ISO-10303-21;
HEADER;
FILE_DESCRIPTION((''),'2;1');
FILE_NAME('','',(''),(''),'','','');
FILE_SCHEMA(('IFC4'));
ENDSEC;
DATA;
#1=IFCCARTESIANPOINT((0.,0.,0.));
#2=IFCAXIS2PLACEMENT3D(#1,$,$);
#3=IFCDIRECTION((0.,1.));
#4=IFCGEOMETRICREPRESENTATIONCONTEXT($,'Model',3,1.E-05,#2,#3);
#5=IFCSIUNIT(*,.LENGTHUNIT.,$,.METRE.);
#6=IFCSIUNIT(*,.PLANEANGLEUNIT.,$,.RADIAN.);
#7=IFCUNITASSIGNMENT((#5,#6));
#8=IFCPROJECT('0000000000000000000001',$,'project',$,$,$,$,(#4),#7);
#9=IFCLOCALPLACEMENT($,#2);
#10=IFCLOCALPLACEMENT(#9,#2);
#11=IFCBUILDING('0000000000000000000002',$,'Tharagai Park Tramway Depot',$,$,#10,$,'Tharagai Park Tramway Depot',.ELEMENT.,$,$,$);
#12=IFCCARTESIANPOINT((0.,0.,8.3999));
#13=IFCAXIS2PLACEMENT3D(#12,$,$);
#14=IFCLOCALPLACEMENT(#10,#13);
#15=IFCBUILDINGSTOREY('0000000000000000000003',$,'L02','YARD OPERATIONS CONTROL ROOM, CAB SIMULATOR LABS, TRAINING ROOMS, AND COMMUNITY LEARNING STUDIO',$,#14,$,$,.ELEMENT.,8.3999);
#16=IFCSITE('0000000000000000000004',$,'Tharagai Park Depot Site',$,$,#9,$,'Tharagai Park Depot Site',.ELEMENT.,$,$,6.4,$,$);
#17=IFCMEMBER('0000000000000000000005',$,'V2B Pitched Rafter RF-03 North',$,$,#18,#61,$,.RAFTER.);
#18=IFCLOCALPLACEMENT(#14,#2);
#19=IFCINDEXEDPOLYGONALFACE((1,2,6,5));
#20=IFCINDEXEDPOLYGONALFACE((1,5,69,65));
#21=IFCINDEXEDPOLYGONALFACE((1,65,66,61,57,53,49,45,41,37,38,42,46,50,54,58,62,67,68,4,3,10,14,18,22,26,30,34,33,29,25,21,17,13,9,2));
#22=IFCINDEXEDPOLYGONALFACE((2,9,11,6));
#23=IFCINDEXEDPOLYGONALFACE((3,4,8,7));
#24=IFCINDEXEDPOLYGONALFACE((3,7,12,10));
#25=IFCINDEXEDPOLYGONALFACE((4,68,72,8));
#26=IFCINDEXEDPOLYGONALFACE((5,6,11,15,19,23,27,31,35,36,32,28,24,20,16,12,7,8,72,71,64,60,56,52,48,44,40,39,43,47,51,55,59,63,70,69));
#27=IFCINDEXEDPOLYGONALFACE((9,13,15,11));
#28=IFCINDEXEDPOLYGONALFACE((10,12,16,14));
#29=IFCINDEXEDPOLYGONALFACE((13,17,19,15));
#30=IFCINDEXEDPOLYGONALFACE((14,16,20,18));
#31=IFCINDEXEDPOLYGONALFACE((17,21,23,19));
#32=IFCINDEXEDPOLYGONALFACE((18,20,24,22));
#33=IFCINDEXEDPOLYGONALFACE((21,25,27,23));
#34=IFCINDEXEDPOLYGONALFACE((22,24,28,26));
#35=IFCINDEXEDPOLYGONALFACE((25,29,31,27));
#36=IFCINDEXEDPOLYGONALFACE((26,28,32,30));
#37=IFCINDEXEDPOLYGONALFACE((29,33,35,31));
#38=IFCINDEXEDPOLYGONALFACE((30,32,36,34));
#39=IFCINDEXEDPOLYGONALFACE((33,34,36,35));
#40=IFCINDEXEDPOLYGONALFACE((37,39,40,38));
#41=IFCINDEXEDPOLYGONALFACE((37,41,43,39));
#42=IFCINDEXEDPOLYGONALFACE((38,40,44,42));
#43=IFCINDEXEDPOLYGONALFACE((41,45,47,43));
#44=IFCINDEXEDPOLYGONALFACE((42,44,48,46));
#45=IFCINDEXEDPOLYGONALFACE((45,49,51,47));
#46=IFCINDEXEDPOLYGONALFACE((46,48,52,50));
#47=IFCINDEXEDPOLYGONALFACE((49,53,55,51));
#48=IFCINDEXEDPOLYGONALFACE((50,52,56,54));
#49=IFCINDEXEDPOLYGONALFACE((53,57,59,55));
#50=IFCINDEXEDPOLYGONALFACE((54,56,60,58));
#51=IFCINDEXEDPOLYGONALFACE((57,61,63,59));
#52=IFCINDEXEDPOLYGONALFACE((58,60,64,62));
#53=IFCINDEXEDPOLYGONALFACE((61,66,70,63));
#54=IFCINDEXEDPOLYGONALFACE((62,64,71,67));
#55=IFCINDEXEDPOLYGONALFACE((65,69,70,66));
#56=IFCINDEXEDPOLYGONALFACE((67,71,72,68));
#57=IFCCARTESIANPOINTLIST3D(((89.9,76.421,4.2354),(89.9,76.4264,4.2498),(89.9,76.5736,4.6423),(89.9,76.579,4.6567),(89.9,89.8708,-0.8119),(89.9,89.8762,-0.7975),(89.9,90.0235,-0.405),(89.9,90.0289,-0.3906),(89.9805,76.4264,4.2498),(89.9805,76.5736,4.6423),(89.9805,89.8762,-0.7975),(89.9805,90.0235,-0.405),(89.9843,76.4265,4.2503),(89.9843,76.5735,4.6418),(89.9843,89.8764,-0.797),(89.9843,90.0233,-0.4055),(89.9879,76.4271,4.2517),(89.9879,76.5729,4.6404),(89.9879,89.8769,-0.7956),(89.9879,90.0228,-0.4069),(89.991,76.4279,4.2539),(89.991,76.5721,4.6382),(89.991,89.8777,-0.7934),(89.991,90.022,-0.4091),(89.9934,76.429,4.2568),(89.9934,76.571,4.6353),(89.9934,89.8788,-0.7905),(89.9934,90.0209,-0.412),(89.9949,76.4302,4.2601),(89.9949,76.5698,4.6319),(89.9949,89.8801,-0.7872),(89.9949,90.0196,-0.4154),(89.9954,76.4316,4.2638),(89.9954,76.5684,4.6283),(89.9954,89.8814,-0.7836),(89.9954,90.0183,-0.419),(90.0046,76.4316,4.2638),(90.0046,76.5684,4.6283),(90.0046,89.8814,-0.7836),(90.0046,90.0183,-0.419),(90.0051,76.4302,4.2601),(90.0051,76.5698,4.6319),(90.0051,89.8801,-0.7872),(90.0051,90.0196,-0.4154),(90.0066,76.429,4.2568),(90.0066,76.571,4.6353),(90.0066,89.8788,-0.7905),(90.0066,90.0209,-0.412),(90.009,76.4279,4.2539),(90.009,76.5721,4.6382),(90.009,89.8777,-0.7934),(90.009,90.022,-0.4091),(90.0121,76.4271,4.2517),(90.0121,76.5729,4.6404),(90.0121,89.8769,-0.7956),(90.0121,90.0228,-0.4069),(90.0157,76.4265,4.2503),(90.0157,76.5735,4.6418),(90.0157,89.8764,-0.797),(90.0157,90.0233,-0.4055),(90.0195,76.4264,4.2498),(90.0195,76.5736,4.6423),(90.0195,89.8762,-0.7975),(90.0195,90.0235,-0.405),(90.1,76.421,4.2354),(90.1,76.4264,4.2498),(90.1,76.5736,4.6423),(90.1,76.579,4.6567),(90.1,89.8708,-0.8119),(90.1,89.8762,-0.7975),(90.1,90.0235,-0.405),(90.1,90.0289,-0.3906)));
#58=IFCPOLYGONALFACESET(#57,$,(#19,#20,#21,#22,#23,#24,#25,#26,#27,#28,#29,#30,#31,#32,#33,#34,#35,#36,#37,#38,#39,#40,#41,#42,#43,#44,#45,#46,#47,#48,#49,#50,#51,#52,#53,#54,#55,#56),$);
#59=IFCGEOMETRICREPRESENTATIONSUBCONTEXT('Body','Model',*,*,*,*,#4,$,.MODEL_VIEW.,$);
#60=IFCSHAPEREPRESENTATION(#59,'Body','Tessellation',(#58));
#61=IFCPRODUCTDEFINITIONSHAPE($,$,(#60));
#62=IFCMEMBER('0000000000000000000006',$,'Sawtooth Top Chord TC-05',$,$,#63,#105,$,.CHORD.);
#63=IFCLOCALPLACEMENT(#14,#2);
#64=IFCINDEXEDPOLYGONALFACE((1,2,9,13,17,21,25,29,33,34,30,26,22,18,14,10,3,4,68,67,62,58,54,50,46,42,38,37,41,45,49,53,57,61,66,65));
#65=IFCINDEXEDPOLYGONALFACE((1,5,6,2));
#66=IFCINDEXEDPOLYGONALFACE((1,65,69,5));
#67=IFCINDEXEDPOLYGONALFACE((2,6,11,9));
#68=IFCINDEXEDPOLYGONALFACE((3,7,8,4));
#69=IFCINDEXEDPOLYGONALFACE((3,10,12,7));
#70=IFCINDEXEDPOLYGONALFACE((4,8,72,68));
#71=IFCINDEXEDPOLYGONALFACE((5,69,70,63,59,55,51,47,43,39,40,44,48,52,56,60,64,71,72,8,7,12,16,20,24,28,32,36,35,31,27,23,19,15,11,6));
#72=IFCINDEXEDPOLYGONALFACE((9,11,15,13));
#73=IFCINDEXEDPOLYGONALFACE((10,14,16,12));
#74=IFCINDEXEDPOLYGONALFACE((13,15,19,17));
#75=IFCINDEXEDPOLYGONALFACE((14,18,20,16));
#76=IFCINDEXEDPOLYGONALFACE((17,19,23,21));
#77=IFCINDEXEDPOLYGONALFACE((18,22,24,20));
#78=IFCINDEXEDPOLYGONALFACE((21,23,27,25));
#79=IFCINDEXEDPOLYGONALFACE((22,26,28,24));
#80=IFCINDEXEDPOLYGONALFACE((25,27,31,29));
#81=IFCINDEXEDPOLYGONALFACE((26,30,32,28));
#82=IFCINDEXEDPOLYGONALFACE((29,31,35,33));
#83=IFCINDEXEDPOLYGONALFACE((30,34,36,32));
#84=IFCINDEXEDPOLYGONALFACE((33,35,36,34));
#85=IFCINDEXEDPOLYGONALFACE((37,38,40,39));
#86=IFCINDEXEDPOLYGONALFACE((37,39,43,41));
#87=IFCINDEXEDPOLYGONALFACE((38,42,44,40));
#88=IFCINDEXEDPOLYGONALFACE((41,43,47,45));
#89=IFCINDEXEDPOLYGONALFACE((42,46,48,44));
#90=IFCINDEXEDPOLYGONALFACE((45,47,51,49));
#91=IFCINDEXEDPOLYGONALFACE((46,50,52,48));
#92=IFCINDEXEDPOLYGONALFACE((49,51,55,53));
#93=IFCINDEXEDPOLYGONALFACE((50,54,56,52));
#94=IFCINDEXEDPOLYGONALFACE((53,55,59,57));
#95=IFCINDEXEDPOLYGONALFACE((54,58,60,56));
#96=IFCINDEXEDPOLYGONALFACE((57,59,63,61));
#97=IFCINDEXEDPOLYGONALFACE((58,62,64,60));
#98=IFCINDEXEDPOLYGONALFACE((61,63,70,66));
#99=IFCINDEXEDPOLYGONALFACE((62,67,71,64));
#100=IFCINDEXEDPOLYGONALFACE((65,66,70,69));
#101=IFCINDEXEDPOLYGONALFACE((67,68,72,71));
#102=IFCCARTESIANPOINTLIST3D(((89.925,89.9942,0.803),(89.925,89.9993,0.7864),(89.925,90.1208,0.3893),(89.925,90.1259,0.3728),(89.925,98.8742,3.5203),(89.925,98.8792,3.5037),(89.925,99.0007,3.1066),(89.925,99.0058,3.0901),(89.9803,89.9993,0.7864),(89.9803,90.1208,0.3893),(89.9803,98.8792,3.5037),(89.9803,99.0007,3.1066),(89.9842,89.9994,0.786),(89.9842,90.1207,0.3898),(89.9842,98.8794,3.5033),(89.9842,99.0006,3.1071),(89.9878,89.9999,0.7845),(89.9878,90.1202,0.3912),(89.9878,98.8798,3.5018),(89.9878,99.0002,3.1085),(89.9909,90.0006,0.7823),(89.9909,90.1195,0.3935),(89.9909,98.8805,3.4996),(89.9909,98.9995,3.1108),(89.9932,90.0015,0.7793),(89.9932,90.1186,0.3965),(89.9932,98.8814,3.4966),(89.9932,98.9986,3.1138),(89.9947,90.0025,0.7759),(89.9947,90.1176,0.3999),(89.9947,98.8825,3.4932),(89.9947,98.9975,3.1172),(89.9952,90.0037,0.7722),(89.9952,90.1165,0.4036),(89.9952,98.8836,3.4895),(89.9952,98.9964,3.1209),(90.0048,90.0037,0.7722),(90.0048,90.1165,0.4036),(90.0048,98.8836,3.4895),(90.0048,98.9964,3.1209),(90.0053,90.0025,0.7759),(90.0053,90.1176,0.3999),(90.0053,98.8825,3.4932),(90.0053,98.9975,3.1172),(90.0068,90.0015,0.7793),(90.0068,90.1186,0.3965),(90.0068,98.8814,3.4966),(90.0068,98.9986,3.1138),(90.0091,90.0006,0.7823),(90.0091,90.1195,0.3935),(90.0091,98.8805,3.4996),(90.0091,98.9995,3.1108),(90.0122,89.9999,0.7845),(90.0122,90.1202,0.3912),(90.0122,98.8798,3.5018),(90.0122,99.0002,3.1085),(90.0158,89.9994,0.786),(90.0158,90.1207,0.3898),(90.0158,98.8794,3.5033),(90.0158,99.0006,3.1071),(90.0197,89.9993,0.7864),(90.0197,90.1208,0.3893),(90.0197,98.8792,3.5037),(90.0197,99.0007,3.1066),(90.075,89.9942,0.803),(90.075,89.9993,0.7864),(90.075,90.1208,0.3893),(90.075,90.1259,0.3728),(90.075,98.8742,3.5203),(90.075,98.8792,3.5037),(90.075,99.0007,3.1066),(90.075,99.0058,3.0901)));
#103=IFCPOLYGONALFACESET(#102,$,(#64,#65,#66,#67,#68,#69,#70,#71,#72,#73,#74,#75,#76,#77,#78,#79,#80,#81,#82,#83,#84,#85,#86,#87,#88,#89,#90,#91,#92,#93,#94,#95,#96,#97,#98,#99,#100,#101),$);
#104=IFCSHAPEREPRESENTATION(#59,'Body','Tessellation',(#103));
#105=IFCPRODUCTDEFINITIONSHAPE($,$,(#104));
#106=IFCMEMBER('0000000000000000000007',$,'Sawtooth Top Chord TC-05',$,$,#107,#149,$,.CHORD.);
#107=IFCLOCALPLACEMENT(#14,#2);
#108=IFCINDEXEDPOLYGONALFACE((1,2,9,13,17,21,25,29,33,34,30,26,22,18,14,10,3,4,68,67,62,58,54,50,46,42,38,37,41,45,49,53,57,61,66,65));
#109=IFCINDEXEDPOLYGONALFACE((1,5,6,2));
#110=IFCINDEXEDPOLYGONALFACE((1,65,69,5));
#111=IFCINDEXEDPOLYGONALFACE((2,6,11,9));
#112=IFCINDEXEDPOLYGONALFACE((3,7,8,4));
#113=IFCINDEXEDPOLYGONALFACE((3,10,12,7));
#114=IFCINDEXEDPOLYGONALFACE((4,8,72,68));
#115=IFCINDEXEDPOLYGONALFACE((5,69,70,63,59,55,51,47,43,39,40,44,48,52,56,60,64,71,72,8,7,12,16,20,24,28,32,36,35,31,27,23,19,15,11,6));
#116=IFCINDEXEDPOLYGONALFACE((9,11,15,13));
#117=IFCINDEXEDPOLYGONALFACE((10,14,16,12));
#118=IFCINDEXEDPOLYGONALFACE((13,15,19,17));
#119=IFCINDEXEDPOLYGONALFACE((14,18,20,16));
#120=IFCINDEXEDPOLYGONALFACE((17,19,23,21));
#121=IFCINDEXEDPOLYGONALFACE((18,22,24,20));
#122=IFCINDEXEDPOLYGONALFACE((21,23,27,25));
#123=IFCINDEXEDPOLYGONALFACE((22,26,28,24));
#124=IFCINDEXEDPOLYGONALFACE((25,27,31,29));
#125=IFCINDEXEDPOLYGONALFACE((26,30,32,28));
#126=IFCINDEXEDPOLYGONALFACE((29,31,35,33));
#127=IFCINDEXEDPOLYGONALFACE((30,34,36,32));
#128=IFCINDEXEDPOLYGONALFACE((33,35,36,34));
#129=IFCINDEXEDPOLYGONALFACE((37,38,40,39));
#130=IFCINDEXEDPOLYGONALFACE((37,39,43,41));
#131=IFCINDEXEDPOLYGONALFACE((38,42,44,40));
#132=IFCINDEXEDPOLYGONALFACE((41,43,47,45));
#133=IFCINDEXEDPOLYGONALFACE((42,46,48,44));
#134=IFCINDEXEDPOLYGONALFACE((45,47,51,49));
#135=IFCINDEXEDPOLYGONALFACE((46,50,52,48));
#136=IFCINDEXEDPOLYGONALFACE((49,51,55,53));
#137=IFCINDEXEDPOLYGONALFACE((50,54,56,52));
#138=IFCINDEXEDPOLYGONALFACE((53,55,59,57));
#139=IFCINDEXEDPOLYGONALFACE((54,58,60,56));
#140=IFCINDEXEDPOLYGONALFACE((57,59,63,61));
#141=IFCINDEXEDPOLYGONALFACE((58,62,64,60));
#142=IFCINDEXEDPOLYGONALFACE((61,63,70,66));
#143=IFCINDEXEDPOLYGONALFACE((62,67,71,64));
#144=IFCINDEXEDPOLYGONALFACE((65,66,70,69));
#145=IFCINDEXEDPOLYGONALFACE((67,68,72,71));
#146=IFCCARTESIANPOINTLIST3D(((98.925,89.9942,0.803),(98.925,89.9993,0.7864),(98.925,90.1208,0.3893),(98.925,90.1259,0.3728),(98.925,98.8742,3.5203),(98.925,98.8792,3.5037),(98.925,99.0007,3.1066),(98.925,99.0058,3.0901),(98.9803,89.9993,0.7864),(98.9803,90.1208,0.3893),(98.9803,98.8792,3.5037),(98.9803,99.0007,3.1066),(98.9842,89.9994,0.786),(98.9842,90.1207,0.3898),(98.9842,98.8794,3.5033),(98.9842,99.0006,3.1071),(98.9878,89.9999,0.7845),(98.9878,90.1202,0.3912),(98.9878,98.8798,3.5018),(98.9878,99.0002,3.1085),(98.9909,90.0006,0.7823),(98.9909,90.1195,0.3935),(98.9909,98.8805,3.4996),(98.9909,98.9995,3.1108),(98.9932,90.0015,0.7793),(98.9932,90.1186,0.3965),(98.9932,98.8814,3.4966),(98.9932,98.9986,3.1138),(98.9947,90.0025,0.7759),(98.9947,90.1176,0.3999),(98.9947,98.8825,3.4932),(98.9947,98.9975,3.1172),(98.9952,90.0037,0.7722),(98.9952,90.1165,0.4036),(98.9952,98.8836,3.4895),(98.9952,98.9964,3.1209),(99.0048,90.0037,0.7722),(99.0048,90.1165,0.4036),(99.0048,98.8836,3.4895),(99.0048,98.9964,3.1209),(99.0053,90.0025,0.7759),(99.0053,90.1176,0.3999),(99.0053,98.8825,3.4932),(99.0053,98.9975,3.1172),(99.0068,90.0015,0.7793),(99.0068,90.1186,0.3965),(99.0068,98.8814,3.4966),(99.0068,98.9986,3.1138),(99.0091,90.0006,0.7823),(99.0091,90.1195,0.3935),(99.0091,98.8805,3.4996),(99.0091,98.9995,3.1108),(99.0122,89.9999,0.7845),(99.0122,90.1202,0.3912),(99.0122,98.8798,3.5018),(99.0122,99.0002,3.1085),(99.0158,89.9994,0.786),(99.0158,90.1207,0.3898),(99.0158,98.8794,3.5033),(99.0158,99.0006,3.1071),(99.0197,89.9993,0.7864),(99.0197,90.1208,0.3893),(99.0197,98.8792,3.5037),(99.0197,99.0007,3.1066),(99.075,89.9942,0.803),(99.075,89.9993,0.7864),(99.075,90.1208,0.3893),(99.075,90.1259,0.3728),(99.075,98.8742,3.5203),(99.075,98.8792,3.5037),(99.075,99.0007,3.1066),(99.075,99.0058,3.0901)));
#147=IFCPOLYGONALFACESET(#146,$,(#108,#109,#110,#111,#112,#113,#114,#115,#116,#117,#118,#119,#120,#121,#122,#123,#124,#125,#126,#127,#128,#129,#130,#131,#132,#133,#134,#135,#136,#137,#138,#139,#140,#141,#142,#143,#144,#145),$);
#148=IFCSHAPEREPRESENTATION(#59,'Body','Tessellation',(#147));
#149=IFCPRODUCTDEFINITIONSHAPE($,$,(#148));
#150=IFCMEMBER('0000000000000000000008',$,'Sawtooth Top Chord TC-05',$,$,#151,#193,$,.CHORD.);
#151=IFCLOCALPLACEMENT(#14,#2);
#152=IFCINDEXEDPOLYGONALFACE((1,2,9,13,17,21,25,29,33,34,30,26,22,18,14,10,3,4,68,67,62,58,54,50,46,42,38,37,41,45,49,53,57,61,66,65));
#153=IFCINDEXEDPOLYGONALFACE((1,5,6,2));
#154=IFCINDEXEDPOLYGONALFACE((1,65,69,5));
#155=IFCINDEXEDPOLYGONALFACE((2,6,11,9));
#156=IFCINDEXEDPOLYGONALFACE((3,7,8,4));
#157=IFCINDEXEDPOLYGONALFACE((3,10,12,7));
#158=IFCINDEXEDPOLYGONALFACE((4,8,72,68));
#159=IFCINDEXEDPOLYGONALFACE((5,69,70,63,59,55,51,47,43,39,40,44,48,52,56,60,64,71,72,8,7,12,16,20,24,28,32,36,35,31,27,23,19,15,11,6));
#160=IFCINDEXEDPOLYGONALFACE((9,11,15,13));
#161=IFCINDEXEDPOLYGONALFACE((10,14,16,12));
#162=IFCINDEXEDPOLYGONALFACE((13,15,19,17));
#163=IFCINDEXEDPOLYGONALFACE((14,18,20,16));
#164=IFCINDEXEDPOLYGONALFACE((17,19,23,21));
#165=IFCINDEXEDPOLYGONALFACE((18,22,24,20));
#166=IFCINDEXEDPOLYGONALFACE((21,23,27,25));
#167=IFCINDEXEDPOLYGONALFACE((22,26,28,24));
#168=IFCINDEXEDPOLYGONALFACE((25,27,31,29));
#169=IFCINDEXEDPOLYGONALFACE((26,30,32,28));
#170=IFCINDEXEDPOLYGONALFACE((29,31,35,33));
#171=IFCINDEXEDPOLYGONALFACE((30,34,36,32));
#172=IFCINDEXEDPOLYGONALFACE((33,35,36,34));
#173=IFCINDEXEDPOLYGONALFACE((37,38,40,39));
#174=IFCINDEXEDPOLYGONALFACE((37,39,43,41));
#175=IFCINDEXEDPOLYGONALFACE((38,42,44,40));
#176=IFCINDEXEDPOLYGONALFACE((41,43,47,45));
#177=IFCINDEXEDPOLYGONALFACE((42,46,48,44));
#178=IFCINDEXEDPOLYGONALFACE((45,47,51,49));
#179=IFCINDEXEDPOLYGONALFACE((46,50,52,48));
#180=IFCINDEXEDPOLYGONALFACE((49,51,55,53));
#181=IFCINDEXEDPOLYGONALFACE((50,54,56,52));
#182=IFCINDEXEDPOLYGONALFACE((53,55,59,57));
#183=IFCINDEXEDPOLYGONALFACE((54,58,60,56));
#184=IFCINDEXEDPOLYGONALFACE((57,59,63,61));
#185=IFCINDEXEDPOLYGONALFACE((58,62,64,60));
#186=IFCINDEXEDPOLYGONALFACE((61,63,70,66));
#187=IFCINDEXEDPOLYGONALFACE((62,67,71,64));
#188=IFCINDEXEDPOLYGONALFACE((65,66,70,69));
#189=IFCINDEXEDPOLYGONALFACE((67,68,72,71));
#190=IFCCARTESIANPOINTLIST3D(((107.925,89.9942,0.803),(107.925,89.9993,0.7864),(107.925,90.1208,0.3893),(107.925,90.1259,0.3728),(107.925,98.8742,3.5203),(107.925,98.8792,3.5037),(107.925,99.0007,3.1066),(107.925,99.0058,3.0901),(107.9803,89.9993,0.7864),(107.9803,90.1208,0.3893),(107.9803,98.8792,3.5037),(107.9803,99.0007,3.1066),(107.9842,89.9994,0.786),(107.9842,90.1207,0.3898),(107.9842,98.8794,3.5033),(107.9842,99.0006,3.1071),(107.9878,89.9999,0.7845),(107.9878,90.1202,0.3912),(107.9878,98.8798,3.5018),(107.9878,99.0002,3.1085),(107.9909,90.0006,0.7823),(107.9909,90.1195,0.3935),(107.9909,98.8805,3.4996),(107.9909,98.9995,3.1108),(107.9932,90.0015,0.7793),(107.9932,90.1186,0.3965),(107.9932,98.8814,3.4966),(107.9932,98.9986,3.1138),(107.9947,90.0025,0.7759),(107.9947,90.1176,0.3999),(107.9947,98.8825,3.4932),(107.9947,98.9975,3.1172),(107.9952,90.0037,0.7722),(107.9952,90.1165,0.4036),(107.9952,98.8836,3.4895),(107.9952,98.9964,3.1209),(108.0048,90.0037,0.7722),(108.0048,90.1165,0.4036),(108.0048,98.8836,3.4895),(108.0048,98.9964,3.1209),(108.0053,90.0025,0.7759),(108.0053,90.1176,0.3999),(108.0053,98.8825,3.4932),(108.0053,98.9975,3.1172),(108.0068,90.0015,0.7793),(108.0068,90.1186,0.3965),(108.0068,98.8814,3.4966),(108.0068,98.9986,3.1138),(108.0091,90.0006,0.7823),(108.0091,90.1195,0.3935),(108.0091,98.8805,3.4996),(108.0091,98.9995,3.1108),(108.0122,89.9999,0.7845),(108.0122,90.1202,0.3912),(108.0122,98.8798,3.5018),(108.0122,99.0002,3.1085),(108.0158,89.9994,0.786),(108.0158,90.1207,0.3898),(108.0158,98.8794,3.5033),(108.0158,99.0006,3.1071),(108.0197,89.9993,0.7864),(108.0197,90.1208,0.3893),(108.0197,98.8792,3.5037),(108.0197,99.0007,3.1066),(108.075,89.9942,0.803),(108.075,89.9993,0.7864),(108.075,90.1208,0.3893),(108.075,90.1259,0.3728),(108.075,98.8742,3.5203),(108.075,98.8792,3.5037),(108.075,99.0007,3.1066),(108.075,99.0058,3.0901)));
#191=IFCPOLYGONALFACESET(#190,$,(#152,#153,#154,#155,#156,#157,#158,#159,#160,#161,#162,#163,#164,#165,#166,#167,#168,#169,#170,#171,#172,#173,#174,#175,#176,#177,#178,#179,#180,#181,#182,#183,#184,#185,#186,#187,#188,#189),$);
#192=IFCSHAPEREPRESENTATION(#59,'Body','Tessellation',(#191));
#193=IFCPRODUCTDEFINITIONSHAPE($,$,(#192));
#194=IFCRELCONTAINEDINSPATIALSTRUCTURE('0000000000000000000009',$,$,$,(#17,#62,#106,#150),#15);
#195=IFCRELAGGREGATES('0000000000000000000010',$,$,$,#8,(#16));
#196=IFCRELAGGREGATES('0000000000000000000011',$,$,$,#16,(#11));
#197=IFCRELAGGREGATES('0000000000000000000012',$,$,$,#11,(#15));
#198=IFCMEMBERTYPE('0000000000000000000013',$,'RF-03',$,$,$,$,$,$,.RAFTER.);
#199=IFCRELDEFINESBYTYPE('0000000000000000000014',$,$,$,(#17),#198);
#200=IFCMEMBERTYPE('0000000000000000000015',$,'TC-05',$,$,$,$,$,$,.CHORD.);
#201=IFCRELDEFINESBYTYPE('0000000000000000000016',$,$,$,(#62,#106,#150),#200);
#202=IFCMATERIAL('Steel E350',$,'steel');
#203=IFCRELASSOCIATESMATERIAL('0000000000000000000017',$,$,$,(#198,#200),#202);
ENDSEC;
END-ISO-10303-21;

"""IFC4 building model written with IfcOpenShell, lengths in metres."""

from ifc_helpers import new_model, si_unit, direction, frame, origin, origin_2d, place, context, subcontext, project, spatial, i_section, extrude, material, material_profile, profile_set, type_object, element, save


model = new_model("IFC4")

# Units and contexts
model_context = context("Model", 3, precision=1e-05, world=origin(), true_north=direction((0.0, 1.0)))
body_context = subcontext(model_context, "Body", "Model", "MODEL_VIEW")
ifc_project = project(units=[si_unit("LENGTHUNIT", "METRE"), si_unit("PLANEANGLEUNIT", "RADIAN")], contexts=[model_context])

# Site, building, storey
site_placement = place(None, origin())
site = spatial("IfcSite", under=ifc_project, at=site_placement, Name="Tharagai Park Depot Site", LongName="Tharagai Park Depot Site", CompositionType="ELEMENT", RefElevation=6.4)
building_placement = place(site_placement, origin())
building = spatial("IfcBuilding", under=site, at=building_placement, Name="Tharagai Park Tramway Depot", LongName="Tharagai Park Tramway Depot", CompositionType="ELEMENT")
storey_placement = place(building_placement, frame((0.0, 0.0, 8.3999)))
storey = spatial("IfcBuildingStorey", under=building, at=storey_placement, Name="L02", Description="YARD OPERATIONS CONTROL ROOM, CAB SIMULATOR LABS, TRAINING ROOMS, AND COMMUNITY LEARNING STUDIO", CompositionType="ELEMENT", Elevation=8.3999)

# Shared definitions
ifc_material_1 = material(Name="Steel E350", Category="steel")

# Members
ifc_material_profile_1 = material_profile(ifc_material_1, i_section(OverallWidth=0.2, OverallDepth=0.45, WebThickness=0.0093, FlangeThickness=0.0154, FilletRadius=0.0149, at=origin_2d()), Name="ISWB 450")
ifc_profile_set_1 = profile_set([ifc_material_profile_1], Name="Steel E350")
member_type_1 = type_object("IfcMemberType", Name="RF-03", PredefinedType="RAFTER", material=ifc_profile_set_1)
member_1_placement = place(storey_placement, frame((90.0, 76.5, 4.446), z_axis=(0.0, 0.936246, -0.351345), x_axis=(-1.0, 0.0, 0.0)))
element("IfcMember", 1, at=member_1_placement, inside=storey, type_object=member_type_1, Name="V2B Pitched Rafter RF-03 North", PredefinedType="RAFTER", context=body_context, shape_type="SweptSolid", body=[
    extrude(i_section(OverallWidth=0.2, OverallDepth=0.45, WebThickness=0.0093, FlangeThickness=0.0154, FilletRadius=0.0149, at=origin_2d()), origin(), (0.0, 0.0, 1.0), 14.3657),
])
ifc_material_profile_2 = material_profile(ifc_material_1, i_section(OverallWidth=0.1499, OverallDepth=0.45, WebThickness=0.0095, FlangeThickness=0.0173, FilletRadius=0.0149, at=origin_2d()), Name="ISMB 450")
ifc_profile_set_2 = profile_set([ifc_material_profile_2], Name="Steel E350")
member_type_2 = type_object("IfcMemberType", Name="TC-05", PredefinedType="CHORD", material=ifc_profile_set_2)
for number, where, z_axis, x_axis, name in (
    (2, (90.0, 90.0601, 0.5879), (0.0, 0.956231, 0.292611), (-1.0, 0.0, 0.0), "Sawtooth Top Chord TC-05"),
    (3, (99.0, 90.0601, 0.5879), (0.0, 0.956231, 0.292611), (-1.0, 0.0, 0.0), "Sawtooth Top Chord TC-05"),
    (4, (108.0, 90.0601, 0.5879), (0.0, 0.956231, 0.292611), (-1.0, 0.0, 0.0), "Sawtooth Top Chord TC-05"),
):
    element("IfcMember", number, at=place(storey_placement, frame(where, z_axis=z_axis, x_axis=x_axis)), inside=storey, type_object=member_type_2, Name=name, PredefinedType="CHORD", context=body_context, shape_type="SweptSolid", body=[
        extrude(i_section(OverallWidth=0.1499, OverallDepth=0.45, WebThickness=0.0095, FlangeThickness=0.0173, FilletRadius=0.0149, at=origin_2d()), origin(), (0.0, 0.0, 1.0), 9.2864),
    ])

save(model, "model.ifc")
